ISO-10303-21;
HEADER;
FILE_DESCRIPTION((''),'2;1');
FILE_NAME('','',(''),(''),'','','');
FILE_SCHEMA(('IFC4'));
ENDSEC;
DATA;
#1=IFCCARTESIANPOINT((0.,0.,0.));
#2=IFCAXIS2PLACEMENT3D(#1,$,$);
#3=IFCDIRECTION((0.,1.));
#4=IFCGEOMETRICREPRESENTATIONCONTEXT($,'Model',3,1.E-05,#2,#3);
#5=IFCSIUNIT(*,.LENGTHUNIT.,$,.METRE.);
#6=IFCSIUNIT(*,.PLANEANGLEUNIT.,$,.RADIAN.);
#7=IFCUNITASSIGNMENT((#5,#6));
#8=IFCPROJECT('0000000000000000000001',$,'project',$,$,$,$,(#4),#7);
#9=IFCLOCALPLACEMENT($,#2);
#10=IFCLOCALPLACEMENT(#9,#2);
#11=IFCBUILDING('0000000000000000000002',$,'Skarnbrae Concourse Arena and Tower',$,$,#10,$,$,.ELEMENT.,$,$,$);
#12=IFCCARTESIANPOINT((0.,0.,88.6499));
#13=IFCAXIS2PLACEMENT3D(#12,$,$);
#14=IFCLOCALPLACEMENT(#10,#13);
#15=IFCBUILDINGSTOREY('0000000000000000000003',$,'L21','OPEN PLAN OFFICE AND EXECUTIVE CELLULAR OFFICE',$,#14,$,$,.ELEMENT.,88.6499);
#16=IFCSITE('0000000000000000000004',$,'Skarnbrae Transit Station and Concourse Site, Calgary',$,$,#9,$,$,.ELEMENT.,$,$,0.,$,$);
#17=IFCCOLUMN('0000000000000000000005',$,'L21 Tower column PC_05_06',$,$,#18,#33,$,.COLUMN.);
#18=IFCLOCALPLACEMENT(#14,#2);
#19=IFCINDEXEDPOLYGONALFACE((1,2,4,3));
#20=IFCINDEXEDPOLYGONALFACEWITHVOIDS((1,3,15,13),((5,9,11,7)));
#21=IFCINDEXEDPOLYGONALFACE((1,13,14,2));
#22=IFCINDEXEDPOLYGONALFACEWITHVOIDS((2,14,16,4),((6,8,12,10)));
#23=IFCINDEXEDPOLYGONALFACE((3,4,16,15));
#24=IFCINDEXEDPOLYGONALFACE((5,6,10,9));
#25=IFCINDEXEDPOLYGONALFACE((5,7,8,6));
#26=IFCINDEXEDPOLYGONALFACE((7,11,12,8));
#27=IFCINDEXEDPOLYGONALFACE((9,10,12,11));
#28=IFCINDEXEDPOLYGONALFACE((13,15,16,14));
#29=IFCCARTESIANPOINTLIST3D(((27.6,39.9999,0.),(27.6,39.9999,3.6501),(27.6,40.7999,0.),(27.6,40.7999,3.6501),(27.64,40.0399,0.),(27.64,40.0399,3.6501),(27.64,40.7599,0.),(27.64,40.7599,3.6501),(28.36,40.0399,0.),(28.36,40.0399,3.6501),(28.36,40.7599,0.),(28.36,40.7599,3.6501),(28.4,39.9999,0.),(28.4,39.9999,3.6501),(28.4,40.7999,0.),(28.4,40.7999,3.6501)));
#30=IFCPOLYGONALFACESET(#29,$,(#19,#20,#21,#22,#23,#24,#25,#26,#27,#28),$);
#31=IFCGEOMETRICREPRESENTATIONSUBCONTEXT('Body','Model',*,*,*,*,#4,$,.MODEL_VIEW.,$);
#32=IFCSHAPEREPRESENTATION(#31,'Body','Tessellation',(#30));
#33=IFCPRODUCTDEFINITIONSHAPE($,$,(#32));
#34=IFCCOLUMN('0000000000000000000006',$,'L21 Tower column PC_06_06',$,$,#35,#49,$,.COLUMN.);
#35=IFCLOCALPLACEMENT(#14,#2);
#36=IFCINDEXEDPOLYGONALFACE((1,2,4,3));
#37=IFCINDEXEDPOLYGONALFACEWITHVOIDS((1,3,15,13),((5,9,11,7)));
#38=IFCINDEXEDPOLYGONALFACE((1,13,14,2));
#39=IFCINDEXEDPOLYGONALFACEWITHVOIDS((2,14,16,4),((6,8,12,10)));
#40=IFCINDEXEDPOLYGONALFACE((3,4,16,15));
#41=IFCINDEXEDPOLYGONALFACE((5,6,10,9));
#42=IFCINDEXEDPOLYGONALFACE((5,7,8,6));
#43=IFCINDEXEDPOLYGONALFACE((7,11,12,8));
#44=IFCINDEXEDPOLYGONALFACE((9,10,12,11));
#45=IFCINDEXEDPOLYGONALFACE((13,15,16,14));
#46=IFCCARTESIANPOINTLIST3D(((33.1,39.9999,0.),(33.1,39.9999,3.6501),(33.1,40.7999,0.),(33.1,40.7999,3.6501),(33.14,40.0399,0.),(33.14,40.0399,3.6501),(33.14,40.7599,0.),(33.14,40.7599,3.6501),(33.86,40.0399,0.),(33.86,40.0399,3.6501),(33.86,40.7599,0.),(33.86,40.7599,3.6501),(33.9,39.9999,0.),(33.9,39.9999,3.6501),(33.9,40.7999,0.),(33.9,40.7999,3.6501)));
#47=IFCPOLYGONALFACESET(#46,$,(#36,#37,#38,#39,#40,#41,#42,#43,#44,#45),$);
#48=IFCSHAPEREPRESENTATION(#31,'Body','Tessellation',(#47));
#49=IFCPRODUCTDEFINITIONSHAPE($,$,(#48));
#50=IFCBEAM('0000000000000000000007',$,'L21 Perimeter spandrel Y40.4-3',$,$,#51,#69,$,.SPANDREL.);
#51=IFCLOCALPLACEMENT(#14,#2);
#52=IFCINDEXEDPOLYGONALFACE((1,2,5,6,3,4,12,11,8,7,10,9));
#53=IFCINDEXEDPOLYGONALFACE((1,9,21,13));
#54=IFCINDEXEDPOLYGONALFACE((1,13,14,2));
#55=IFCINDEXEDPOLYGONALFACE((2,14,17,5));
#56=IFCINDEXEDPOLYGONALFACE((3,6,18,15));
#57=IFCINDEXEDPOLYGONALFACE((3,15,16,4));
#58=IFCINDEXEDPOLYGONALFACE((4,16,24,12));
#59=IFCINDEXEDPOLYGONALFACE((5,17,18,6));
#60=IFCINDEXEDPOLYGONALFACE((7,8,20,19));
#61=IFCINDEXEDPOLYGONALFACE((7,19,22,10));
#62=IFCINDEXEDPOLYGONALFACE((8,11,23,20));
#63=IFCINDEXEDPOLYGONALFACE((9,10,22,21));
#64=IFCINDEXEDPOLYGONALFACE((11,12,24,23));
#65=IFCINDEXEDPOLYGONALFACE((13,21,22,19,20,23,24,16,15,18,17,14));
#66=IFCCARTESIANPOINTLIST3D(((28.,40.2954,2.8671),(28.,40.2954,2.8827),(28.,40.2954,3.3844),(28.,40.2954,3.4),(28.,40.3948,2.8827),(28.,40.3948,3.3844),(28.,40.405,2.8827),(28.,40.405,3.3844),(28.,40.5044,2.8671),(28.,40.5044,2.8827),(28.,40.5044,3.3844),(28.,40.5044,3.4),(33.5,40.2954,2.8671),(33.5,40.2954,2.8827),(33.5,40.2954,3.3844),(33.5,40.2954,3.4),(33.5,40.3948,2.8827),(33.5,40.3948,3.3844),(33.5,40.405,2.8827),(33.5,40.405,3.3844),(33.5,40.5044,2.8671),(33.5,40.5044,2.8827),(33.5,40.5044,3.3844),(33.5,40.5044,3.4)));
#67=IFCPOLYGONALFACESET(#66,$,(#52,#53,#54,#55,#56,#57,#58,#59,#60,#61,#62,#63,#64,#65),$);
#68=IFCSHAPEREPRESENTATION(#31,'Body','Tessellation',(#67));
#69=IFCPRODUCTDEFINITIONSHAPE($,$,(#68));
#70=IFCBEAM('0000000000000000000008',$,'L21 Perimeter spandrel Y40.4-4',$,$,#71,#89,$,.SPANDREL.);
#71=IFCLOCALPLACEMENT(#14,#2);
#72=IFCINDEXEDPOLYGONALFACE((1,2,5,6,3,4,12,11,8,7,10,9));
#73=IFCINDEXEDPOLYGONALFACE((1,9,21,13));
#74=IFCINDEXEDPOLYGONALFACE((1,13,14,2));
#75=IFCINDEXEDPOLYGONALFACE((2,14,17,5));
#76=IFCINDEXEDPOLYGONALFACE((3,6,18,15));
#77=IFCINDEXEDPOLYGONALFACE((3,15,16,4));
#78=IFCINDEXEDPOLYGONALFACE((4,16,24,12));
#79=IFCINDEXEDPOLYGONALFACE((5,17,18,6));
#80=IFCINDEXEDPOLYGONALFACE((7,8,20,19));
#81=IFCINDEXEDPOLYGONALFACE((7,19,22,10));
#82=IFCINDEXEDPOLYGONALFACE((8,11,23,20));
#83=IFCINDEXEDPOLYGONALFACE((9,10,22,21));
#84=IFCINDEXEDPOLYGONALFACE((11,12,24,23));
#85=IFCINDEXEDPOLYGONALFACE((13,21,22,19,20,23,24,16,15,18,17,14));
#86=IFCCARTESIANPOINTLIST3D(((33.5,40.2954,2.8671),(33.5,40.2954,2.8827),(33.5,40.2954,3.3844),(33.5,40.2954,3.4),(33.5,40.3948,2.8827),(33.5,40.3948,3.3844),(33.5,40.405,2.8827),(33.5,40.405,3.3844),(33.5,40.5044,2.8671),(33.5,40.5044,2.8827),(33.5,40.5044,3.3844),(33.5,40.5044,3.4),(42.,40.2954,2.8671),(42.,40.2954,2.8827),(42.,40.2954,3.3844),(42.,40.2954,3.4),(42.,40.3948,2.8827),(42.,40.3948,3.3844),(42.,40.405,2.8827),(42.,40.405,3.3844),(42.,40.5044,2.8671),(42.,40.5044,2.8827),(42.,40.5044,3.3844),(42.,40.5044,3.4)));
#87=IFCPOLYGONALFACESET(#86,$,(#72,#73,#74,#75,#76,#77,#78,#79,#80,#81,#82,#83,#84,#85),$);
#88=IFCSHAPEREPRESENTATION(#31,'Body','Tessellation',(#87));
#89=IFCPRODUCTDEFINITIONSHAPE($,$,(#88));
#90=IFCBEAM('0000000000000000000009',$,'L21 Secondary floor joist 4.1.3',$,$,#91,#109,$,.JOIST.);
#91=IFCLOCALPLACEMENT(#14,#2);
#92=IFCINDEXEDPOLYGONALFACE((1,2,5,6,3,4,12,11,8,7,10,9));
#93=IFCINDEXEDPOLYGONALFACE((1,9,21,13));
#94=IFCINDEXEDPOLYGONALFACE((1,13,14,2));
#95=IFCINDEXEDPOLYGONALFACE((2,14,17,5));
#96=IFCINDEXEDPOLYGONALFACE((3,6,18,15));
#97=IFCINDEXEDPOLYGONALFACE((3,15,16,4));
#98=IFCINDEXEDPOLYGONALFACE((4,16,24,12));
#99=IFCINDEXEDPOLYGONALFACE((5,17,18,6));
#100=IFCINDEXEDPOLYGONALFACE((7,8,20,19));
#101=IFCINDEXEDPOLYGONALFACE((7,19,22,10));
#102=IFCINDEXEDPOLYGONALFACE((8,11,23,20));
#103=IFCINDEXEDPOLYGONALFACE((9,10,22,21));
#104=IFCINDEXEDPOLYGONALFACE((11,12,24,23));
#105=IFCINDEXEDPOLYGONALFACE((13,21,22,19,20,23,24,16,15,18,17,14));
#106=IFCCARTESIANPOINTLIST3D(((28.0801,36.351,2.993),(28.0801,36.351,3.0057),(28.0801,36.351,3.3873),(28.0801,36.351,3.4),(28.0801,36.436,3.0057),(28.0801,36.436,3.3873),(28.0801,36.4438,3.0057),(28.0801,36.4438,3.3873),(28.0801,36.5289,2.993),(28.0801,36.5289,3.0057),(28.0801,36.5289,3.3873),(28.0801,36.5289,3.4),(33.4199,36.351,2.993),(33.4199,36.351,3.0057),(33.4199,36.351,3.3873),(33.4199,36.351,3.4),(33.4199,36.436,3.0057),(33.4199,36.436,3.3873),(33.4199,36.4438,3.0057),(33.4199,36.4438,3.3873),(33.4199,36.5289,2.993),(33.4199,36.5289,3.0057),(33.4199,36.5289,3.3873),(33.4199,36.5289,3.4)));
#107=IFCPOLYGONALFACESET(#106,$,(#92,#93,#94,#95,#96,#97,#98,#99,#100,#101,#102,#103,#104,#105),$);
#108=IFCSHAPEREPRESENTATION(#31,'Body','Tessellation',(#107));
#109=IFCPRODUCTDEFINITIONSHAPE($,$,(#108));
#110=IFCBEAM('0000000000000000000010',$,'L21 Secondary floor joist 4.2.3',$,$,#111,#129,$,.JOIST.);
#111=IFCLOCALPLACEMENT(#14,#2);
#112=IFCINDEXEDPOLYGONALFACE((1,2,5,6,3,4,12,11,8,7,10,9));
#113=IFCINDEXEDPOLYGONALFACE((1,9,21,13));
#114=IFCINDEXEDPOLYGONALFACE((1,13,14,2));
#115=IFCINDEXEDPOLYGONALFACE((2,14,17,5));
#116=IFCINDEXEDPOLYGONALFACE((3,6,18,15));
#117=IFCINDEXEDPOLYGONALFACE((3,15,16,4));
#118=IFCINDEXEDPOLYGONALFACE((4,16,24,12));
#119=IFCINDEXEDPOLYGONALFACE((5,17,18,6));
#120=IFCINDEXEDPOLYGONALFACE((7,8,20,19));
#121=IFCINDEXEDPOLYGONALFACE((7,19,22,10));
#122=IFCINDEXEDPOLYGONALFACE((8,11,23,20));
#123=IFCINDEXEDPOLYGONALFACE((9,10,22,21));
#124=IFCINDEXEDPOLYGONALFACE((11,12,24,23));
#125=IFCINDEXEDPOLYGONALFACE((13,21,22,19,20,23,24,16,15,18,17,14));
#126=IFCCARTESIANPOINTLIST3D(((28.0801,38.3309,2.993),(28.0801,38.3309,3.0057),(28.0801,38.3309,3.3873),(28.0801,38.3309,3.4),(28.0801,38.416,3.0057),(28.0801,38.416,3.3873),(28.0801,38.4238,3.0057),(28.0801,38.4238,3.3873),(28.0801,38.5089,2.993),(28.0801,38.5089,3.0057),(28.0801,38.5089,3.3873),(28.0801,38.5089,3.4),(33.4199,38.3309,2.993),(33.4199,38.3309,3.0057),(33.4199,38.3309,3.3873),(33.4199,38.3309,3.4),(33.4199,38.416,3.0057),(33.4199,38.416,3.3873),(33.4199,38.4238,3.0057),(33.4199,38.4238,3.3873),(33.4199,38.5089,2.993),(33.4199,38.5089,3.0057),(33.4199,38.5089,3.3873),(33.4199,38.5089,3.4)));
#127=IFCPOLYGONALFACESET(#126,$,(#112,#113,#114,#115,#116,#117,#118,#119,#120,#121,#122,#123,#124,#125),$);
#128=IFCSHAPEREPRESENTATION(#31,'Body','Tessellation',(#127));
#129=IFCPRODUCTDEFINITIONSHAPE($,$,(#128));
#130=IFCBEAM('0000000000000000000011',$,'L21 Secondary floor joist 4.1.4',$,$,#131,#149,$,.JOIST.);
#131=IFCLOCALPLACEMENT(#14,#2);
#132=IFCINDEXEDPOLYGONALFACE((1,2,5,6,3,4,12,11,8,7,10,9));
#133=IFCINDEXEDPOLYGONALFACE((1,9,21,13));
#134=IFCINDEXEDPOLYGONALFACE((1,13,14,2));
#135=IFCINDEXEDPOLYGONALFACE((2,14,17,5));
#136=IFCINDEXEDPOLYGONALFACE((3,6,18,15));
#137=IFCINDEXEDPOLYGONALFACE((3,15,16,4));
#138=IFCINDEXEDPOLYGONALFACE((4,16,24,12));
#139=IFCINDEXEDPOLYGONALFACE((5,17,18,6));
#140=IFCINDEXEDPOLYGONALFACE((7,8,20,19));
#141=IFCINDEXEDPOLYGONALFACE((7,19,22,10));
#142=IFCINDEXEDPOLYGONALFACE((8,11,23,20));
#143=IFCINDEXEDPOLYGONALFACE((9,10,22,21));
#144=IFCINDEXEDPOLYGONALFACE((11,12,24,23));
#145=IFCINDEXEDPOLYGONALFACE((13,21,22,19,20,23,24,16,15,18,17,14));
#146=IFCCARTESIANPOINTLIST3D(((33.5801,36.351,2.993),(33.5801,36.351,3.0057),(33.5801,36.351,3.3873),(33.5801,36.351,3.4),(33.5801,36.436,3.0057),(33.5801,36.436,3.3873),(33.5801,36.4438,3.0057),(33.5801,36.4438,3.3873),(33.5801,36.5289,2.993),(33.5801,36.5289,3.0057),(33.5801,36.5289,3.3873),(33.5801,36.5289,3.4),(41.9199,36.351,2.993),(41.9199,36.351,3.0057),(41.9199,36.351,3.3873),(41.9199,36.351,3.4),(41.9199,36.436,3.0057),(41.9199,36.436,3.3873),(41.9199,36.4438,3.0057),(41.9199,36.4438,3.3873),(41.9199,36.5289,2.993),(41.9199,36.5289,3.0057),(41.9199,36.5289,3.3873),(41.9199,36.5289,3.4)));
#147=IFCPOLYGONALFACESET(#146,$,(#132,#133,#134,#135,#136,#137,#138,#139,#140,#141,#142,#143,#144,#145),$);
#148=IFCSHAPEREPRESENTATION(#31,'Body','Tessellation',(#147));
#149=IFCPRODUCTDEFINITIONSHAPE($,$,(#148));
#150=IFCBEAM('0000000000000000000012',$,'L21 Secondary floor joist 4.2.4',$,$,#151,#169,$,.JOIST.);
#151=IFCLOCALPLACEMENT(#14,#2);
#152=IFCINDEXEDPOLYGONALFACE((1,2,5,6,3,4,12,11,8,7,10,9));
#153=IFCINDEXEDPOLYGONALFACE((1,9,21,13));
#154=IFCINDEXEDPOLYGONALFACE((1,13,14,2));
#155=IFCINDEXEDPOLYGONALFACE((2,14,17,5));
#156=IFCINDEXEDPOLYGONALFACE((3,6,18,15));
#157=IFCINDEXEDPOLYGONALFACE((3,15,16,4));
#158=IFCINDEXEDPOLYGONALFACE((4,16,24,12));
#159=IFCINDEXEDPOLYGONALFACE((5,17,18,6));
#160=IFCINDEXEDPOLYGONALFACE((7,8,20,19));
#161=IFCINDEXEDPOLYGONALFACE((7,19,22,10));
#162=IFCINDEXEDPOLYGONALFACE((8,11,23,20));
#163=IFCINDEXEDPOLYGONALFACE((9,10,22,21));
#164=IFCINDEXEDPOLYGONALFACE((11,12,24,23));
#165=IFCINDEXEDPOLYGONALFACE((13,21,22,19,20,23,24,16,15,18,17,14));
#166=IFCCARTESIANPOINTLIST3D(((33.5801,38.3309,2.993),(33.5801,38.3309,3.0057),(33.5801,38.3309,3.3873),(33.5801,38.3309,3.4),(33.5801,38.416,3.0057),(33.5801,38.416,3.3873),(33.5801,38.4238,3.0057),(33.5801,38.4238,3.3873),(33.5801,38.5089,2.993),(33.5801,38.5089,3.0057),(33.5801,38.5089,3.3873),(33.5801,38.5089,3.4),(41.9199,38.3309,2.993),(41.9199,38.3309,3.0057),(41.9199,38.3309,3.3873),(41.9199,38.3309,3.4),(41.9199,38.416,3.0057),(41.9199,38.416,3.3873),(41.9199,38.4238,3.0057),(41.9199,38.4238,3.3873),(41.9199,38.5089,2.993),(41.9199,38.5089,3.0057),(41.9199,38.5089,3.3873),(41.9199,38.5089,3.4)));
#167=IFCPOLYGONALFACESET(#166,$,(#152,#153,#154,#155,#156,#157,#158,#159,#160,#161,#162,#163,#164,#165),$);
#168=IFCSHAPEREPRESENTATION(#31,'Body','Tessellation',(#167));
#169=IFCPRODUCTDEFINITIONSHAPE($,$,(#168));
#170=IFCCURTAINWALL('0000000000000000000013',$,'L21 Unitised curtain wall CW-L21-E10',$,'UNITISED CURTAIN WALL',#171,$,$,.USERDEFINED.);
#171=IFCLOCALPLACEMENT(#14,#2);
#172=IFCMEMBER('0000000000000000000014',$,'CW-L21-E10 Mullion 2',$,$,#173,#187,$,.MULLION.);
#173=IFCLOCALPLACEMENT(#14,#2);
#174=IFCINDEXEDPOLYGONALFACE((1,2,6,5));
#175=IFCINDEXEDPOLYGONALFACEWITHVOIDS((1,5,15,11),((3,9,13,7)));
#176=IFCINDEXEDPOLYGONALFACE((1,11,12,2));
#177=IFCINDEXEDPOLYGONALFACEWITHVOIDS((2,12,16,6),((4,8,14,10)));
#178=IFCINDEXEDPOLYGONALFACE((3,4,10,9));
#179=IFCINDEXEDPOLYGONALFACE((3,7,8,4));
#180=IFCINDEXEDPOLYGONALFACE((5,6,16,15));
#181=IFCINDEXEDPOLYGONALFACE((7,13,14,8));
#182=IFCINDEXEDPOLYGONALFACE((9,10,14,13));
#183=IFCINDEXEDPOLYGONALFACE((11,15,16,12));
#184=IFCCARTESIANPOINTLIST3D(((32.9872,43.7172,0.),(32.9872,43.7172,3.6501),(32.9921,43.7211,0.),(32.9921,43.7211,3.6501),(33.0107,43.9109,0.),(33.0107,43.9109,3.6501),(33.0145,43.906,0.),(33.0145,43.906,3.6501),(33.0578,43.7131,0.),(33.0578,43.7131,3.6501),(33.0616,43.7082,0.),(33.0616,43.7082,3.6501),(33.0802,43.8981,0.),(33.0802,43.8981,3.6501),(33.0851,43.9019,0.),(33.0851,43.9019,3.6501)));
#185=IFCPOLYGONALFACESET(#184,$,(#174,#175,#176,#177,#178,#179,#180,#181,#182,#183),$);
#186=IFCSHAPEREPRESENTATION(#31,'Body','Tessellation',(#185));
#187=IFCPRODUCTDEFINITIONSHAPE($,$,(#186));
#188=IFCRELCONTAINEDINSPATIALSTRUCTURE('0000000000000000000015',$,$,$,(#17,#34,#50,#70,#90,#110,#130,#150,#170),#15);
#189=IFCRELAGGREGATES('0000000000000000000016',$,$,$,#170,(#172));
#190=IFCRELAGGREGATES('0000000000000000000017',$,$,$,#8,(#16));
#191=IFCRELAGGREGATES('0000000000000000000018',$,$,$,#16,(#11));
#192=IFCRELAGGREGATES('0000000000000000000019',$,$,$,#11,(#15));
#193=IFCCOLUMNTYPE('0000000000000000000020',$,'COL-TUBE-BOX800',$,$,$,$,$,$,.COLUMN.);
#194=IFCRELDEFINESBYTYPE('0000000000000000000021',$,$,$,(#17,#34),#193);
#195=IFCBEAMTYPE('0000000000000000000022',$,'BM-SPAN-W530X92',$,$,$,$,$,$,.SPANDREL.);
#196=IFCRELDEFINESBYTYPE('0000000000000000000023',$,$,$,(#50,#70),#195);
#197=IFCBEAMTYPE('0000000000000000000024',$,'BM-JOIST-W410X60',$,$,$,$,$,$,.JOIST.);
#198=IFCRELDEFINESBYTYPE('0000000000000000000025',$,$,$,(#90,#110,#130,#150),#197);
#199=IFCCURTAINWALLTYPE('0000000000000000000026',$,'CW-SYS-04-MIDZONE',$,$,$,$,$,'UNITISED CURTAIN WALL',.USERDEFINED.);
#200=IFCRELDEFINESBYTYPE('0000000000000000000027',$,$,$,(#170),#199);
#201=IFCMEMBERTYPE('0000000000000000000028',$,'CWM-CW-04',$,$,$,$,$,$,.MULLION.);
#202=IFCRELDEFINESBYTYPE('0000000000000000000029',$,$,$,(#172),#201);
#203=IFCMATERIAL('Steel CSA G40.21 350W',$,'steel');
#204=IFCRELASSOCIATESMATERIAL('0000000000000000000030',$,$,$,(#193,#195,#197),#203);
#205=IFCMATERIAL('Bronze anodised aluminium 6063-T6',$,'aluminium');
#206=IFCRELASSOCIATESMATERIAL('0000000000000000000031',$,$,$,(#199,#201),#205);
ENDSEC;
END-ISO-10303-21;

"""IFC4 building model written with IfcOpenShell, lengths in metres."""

from ifc_helpers import new_model, si_unit, direction, frame, origin, origin_2d, place, context, subcontext, project, spatial, hollow_rectangle, i_section, extrude, source, transform, mapped, material, material_profile, profile_set, type_object, element, aggregate, save


model = new_model("IFC4")

# Units and contexts
model_context = context("Model", 3, precision=1e-05, world=origin(), true_north=direction((0.0, 1.0)))
body_context = subcontext(model_context, "Body", "Model", "MODEL_VIEW")
ifc_project = project(units=[si_unit("LENGTHUNIT", "METRE"), si_unit("PLANEANGLEUNIT", "RADIAN")], contexts=[model_context])

# Site, building, storey
site_placement = place(None, origin())
site = spatial("IfcSite", under=ifc_project, at=site_placement, Name="Skarnbrae Transit Station and Concourse Site, Calgary", CompositionType="ELEMENT", RefElevation=0.0)
building_placement = place(site_placement, origin())
building = spatial("IfcBuilding", under=site, at=building_placement, Name="Skarnbrae Concourse Arena and Tower", CompositionType="ELEMENT")
storey_placement = place(building_placement, frame((0.0, 0.0, 88.6499)))
storey = spatial("IfcBuildingStorey", under=building, at=storey_placement, Name="L21", Description="OPEN PLAN OFFICE AND EXECUTIVE CELLULAR OFFICE", CompositionType="ELEMENT", Elevation=88.6499)

# Columns
ifc_material_1 = material(Name="Steel CSA G40.21 350W", Category="steel")
ifc_material_profile_1 = material_profile(ifc_material_1, hollow_rectangle(XDim=0.8, YDim=0.8, WallThickness=0.04, at=origin_2d()), Name="BOX800X800X40")
ifc_profile_set_1 = profile_set([ifc_material_profile_1], Name="Steel CSA G40.21 350W")
column_type = type_object("IfcColumnType", Name="COL-TUBE-BOX800", PredefinedType="COLUMN", material=ifc_profile_set_1)
shared_shape_1 = source(origin(), body_context, "Body", "SweptSolid", [
    extrude(hollow_rectangle(XDim=0.8, YDim=0.8, WallThickness=0.04, at=origin_2d()), origin(), (0.0, 0.0, 1.0), 3.6501),
])
for number, where, z_axis, x_axis, name in (
    (1, (28.0, 40.3999, 0.0), (0.0, 0.0, 1.0), (1.0, 0.0, 0.0), "L21 Tower column PC_05_06"),
    (2, (33.5, 40.3999, 0.0), (0.0, 0.0, 1.0), (1.0, 0.0, 0.0), "L21 Tower column PC_06_06"),
):
    element("IfcColumn", number, at=place(storey_placement, frame(where, z_axis=z_axis, x_axis=x_axis)), inside=storey, type_object=column_type, Name=name, PredefinedType="COLUMN", context=body_context, shape_type="MappedRepresentation", body=[
        mapped(shared_shape_1, transform((0.0, 0.0, 0.0))),
    ])

# Beams
ifc_material_profile_2 = material_profile(ifc_material_1, i_section(OverallWidth=0.209, OverallDepth=0.533, WebThickness=0.0103, FlangeThickness=0.0156, at=origin_2d()), Name="W530X92")
ifc_profile_set_2 = profile_set([ifc_material_profile_2], Name="Steel CSA G40.21 350W")
beam_type_1 = type_object("IfcBeamType", Name="BM-SPAN-W530X92", PredefinedType="SPANDREL", material=ifc_profile_set_2)
shared_shape_2 = source(origin(), body_context, "Body", "SweptSolid", [
    extrude(i_section(OverallWidth=0.209, OverallDepth=0.533, WebThickness=0.0103, FlangeThickness=0.0156, at=origin_2d()), origin(), (0.0, 0.0, 1.0), 5.5),
])
beam_1_placement = place(storey_placement, frame((28.0, 40.3999, 3.1335), z_axis=(1.0, 0.0, 0.0), x_axis=(0.0, 1.0, 0.0)))
element("IfcBeam", 3, at=beam_1_placement, inside=storey, type_object=beam_type_1, Name="L21 Perimeter spandrel Y40.4-3", PredefinedType="SPANDREL", context=body_context, shape_type="MappedRepresentation", body=[
    mapped(shared_shape_2, transform((0.0, 0.0, 0.0))),
])
shared_shape_3 = source(origin(), body_context, "Body", "SweptSolid", [
    extrude(i_section(OverallWidth=0.209, OverallDepth=0.533, WebThickness=0.0103, FlangeThickness=0.0156, at=origin_2d()), origin(), (0.0, 0.0, 1.0), 8.5),
])
beam_2_placement = place(storey_placement, frame((33.5, 40.3999, 3.1335), z_axis=(1.0, 0.0, 0.0), x_axis=(0.0, 1.0, 0.0)))
element("IfcBeam", 4, at=beam_2_placement, inside=storey, type_object=beam_type_1, Name="L21 Perimeter spandrel Y40.4-4", PredefinedType="SPANDREL", context=body_context, shape_type="MappedRepresentation", body=[
    mapped(shared_shape_3, transform((0.0, 0.0, 0.0))),
])
ifc_material_profile_3 = material_profile(ifc_material_1, i_section(OverallWidth=0.178, OverallDepth=0.407, WebThickness=0.0078, FlangeThickness=0.0127, at=origin_2d()), Name="W410X60")
ifc_profile_set_3 = profile_set([ifc_material_profile_3], Name="Steel CSA G40.21 350W")
beam_type_2 = type_object("IfcBeamType", Name="BM-JOIST-W410X60", PredefinedType="JOIST", material=ifc_profile_set_3)
shared_shape_4 = source(origin(), body_context, "Body", "SweptSolid", [
    extrude(i_section(OverallWidth=0.178, OverallDepth=0.407, WebThickness=0.0078, FlangeThickness=0.0127, at=origin_2d()), origin(), (0.0, 0.0, 1.0), 5.3398),
])
for number, where, z_axis, x_axis, name in (
    (5, (28.0801, 36.4399, 3.1965), (1.0, 0.0, 0.0), (0.0, 1.0, 0.0), "L21 Secondary floor joist 4.1.3"),
    (6, (28.0801, 38.4199, 3.1965), (1.0, 0.0, 0.0), (0.0, 1.0, 0.0), "L21 Secondary floor joist 4.2.3"),
):
    element("IfcBeam", number, at=place(storey_placement, frame(where, z_axis=z_axis, x_axis=x_axis)), inside=storey, type_object=beam_type_2, Name=name, PredefinedType="JOIST", context=body_context, shape_type="MappedRepresentation", body=[
        mapped(shared_shape_4, transform((0.0, 0.0, 0.0))),
    ])
shared_shape_5 = source(origin(), body_context, "Body", "SweptSolid", [
    extrude(i_section(OverallWidth=0.178, OverallDepth=0.407, WebThickness=0.0078, FlangeThickness=0.0127, at=origin_2d()), origin(), (0.0, 0.0, 1.0), 8.3398),
])
for number, where, z_axis, x_axis, name in (
    (7, (33.5801, 36.4399, 3.1965), (1.0, 0.0, 0.0), (0.0, 1.0, 0.0), "L21 Secondary floor joist 4.1.4"),
    (8, (33.5801, 38.4199, 3.1965), (1.0, 0.0, 0.0), (0.0, 1.0, 0.0), "L21 Secondary floor joist 4.2.4"),
):
    element("IfcBeam", number, at=place(storey_placement, frame(where, z_axis=z_axis, x_axis=x_axis)), inside=storey, type_object=beam_type_2, Name=name, PredefinedType="JOIST", context=body_context, shape_type="MappedRepresentation", body=[
        mapped(shared_shape_5, transform((0.0, 0.0, 0.0))),
    ])

# Curtain wall, member
ifc_material_2 = material(Name="Bronze anodised aluminium 6063-T6", Category="aluminium")
curtain_wall_type = type_object("IfcCurtainWallType", Name="CW-SYS-04-MIDZONE", ElementType="UNITISED CURTAIN WALL", PredefinedType="USERDEFINED", material=ifc_material_2)
curtain_wall_1_placement = place(storey_placement, origin())
curtain_wall_1 = element("IfcCurtainWall", 9, at=curtain_wall_1_placement, inside=storey, type_object=curtain_wall_type, Name="L21 Unitised curtain wall CW-L21-E10", ObjectType="UNITISED CURTAIN WALL", PredefinedType="USERDEFINED")
ifc_material_profile_4 = material_profile(ifc_material_2, hollow_rectangle(XDim=0.075, YDim=0.1951, WallThickness=0.0044, at=origin_2d()), Name="ALU-MULL-75X195")
ifc_profile_set_4 = profile_set([ifc_material_profile_4], Name="Bronze anodised aluminium 6063-T6")
member_type_1 = type_object("IfcMemberType", Name="CWM-CW-04", PredefinedType="MULLION", material=ifc_profile_set_4)
shared_shape_6 = source(origin(), body_context, "Body", "SweptSolid", [
    extrude(hollow_rectangle(XDim=0.075, YDim=0.1951, WallThickness=0.0044, at=origin_2d()), origin(), (0.0, 0.0, 1.0), 3.6501),
])
member_1_placement = place(storey_placement, frame((33.0361, 43.8096, 0.0), z_axis=(0.0, 0.0, 1.0), x_axis=(-0.992749, 0.120203, 0.0)))
member_1 = element("IfcMember", 10, at=member_1_placement, type_object=member_type_1, Name="CW-L21-E10 Mullion 2", PredefinedType="MULLION", context=body_context, shape_type="MappedRepresentation", body=[
    mapped(shared_shape_6, transform((0.0, 0.0, 0.0))),
])

aggregate(curtain_wall_1, [member_1])

save(model, "model.ifc")
